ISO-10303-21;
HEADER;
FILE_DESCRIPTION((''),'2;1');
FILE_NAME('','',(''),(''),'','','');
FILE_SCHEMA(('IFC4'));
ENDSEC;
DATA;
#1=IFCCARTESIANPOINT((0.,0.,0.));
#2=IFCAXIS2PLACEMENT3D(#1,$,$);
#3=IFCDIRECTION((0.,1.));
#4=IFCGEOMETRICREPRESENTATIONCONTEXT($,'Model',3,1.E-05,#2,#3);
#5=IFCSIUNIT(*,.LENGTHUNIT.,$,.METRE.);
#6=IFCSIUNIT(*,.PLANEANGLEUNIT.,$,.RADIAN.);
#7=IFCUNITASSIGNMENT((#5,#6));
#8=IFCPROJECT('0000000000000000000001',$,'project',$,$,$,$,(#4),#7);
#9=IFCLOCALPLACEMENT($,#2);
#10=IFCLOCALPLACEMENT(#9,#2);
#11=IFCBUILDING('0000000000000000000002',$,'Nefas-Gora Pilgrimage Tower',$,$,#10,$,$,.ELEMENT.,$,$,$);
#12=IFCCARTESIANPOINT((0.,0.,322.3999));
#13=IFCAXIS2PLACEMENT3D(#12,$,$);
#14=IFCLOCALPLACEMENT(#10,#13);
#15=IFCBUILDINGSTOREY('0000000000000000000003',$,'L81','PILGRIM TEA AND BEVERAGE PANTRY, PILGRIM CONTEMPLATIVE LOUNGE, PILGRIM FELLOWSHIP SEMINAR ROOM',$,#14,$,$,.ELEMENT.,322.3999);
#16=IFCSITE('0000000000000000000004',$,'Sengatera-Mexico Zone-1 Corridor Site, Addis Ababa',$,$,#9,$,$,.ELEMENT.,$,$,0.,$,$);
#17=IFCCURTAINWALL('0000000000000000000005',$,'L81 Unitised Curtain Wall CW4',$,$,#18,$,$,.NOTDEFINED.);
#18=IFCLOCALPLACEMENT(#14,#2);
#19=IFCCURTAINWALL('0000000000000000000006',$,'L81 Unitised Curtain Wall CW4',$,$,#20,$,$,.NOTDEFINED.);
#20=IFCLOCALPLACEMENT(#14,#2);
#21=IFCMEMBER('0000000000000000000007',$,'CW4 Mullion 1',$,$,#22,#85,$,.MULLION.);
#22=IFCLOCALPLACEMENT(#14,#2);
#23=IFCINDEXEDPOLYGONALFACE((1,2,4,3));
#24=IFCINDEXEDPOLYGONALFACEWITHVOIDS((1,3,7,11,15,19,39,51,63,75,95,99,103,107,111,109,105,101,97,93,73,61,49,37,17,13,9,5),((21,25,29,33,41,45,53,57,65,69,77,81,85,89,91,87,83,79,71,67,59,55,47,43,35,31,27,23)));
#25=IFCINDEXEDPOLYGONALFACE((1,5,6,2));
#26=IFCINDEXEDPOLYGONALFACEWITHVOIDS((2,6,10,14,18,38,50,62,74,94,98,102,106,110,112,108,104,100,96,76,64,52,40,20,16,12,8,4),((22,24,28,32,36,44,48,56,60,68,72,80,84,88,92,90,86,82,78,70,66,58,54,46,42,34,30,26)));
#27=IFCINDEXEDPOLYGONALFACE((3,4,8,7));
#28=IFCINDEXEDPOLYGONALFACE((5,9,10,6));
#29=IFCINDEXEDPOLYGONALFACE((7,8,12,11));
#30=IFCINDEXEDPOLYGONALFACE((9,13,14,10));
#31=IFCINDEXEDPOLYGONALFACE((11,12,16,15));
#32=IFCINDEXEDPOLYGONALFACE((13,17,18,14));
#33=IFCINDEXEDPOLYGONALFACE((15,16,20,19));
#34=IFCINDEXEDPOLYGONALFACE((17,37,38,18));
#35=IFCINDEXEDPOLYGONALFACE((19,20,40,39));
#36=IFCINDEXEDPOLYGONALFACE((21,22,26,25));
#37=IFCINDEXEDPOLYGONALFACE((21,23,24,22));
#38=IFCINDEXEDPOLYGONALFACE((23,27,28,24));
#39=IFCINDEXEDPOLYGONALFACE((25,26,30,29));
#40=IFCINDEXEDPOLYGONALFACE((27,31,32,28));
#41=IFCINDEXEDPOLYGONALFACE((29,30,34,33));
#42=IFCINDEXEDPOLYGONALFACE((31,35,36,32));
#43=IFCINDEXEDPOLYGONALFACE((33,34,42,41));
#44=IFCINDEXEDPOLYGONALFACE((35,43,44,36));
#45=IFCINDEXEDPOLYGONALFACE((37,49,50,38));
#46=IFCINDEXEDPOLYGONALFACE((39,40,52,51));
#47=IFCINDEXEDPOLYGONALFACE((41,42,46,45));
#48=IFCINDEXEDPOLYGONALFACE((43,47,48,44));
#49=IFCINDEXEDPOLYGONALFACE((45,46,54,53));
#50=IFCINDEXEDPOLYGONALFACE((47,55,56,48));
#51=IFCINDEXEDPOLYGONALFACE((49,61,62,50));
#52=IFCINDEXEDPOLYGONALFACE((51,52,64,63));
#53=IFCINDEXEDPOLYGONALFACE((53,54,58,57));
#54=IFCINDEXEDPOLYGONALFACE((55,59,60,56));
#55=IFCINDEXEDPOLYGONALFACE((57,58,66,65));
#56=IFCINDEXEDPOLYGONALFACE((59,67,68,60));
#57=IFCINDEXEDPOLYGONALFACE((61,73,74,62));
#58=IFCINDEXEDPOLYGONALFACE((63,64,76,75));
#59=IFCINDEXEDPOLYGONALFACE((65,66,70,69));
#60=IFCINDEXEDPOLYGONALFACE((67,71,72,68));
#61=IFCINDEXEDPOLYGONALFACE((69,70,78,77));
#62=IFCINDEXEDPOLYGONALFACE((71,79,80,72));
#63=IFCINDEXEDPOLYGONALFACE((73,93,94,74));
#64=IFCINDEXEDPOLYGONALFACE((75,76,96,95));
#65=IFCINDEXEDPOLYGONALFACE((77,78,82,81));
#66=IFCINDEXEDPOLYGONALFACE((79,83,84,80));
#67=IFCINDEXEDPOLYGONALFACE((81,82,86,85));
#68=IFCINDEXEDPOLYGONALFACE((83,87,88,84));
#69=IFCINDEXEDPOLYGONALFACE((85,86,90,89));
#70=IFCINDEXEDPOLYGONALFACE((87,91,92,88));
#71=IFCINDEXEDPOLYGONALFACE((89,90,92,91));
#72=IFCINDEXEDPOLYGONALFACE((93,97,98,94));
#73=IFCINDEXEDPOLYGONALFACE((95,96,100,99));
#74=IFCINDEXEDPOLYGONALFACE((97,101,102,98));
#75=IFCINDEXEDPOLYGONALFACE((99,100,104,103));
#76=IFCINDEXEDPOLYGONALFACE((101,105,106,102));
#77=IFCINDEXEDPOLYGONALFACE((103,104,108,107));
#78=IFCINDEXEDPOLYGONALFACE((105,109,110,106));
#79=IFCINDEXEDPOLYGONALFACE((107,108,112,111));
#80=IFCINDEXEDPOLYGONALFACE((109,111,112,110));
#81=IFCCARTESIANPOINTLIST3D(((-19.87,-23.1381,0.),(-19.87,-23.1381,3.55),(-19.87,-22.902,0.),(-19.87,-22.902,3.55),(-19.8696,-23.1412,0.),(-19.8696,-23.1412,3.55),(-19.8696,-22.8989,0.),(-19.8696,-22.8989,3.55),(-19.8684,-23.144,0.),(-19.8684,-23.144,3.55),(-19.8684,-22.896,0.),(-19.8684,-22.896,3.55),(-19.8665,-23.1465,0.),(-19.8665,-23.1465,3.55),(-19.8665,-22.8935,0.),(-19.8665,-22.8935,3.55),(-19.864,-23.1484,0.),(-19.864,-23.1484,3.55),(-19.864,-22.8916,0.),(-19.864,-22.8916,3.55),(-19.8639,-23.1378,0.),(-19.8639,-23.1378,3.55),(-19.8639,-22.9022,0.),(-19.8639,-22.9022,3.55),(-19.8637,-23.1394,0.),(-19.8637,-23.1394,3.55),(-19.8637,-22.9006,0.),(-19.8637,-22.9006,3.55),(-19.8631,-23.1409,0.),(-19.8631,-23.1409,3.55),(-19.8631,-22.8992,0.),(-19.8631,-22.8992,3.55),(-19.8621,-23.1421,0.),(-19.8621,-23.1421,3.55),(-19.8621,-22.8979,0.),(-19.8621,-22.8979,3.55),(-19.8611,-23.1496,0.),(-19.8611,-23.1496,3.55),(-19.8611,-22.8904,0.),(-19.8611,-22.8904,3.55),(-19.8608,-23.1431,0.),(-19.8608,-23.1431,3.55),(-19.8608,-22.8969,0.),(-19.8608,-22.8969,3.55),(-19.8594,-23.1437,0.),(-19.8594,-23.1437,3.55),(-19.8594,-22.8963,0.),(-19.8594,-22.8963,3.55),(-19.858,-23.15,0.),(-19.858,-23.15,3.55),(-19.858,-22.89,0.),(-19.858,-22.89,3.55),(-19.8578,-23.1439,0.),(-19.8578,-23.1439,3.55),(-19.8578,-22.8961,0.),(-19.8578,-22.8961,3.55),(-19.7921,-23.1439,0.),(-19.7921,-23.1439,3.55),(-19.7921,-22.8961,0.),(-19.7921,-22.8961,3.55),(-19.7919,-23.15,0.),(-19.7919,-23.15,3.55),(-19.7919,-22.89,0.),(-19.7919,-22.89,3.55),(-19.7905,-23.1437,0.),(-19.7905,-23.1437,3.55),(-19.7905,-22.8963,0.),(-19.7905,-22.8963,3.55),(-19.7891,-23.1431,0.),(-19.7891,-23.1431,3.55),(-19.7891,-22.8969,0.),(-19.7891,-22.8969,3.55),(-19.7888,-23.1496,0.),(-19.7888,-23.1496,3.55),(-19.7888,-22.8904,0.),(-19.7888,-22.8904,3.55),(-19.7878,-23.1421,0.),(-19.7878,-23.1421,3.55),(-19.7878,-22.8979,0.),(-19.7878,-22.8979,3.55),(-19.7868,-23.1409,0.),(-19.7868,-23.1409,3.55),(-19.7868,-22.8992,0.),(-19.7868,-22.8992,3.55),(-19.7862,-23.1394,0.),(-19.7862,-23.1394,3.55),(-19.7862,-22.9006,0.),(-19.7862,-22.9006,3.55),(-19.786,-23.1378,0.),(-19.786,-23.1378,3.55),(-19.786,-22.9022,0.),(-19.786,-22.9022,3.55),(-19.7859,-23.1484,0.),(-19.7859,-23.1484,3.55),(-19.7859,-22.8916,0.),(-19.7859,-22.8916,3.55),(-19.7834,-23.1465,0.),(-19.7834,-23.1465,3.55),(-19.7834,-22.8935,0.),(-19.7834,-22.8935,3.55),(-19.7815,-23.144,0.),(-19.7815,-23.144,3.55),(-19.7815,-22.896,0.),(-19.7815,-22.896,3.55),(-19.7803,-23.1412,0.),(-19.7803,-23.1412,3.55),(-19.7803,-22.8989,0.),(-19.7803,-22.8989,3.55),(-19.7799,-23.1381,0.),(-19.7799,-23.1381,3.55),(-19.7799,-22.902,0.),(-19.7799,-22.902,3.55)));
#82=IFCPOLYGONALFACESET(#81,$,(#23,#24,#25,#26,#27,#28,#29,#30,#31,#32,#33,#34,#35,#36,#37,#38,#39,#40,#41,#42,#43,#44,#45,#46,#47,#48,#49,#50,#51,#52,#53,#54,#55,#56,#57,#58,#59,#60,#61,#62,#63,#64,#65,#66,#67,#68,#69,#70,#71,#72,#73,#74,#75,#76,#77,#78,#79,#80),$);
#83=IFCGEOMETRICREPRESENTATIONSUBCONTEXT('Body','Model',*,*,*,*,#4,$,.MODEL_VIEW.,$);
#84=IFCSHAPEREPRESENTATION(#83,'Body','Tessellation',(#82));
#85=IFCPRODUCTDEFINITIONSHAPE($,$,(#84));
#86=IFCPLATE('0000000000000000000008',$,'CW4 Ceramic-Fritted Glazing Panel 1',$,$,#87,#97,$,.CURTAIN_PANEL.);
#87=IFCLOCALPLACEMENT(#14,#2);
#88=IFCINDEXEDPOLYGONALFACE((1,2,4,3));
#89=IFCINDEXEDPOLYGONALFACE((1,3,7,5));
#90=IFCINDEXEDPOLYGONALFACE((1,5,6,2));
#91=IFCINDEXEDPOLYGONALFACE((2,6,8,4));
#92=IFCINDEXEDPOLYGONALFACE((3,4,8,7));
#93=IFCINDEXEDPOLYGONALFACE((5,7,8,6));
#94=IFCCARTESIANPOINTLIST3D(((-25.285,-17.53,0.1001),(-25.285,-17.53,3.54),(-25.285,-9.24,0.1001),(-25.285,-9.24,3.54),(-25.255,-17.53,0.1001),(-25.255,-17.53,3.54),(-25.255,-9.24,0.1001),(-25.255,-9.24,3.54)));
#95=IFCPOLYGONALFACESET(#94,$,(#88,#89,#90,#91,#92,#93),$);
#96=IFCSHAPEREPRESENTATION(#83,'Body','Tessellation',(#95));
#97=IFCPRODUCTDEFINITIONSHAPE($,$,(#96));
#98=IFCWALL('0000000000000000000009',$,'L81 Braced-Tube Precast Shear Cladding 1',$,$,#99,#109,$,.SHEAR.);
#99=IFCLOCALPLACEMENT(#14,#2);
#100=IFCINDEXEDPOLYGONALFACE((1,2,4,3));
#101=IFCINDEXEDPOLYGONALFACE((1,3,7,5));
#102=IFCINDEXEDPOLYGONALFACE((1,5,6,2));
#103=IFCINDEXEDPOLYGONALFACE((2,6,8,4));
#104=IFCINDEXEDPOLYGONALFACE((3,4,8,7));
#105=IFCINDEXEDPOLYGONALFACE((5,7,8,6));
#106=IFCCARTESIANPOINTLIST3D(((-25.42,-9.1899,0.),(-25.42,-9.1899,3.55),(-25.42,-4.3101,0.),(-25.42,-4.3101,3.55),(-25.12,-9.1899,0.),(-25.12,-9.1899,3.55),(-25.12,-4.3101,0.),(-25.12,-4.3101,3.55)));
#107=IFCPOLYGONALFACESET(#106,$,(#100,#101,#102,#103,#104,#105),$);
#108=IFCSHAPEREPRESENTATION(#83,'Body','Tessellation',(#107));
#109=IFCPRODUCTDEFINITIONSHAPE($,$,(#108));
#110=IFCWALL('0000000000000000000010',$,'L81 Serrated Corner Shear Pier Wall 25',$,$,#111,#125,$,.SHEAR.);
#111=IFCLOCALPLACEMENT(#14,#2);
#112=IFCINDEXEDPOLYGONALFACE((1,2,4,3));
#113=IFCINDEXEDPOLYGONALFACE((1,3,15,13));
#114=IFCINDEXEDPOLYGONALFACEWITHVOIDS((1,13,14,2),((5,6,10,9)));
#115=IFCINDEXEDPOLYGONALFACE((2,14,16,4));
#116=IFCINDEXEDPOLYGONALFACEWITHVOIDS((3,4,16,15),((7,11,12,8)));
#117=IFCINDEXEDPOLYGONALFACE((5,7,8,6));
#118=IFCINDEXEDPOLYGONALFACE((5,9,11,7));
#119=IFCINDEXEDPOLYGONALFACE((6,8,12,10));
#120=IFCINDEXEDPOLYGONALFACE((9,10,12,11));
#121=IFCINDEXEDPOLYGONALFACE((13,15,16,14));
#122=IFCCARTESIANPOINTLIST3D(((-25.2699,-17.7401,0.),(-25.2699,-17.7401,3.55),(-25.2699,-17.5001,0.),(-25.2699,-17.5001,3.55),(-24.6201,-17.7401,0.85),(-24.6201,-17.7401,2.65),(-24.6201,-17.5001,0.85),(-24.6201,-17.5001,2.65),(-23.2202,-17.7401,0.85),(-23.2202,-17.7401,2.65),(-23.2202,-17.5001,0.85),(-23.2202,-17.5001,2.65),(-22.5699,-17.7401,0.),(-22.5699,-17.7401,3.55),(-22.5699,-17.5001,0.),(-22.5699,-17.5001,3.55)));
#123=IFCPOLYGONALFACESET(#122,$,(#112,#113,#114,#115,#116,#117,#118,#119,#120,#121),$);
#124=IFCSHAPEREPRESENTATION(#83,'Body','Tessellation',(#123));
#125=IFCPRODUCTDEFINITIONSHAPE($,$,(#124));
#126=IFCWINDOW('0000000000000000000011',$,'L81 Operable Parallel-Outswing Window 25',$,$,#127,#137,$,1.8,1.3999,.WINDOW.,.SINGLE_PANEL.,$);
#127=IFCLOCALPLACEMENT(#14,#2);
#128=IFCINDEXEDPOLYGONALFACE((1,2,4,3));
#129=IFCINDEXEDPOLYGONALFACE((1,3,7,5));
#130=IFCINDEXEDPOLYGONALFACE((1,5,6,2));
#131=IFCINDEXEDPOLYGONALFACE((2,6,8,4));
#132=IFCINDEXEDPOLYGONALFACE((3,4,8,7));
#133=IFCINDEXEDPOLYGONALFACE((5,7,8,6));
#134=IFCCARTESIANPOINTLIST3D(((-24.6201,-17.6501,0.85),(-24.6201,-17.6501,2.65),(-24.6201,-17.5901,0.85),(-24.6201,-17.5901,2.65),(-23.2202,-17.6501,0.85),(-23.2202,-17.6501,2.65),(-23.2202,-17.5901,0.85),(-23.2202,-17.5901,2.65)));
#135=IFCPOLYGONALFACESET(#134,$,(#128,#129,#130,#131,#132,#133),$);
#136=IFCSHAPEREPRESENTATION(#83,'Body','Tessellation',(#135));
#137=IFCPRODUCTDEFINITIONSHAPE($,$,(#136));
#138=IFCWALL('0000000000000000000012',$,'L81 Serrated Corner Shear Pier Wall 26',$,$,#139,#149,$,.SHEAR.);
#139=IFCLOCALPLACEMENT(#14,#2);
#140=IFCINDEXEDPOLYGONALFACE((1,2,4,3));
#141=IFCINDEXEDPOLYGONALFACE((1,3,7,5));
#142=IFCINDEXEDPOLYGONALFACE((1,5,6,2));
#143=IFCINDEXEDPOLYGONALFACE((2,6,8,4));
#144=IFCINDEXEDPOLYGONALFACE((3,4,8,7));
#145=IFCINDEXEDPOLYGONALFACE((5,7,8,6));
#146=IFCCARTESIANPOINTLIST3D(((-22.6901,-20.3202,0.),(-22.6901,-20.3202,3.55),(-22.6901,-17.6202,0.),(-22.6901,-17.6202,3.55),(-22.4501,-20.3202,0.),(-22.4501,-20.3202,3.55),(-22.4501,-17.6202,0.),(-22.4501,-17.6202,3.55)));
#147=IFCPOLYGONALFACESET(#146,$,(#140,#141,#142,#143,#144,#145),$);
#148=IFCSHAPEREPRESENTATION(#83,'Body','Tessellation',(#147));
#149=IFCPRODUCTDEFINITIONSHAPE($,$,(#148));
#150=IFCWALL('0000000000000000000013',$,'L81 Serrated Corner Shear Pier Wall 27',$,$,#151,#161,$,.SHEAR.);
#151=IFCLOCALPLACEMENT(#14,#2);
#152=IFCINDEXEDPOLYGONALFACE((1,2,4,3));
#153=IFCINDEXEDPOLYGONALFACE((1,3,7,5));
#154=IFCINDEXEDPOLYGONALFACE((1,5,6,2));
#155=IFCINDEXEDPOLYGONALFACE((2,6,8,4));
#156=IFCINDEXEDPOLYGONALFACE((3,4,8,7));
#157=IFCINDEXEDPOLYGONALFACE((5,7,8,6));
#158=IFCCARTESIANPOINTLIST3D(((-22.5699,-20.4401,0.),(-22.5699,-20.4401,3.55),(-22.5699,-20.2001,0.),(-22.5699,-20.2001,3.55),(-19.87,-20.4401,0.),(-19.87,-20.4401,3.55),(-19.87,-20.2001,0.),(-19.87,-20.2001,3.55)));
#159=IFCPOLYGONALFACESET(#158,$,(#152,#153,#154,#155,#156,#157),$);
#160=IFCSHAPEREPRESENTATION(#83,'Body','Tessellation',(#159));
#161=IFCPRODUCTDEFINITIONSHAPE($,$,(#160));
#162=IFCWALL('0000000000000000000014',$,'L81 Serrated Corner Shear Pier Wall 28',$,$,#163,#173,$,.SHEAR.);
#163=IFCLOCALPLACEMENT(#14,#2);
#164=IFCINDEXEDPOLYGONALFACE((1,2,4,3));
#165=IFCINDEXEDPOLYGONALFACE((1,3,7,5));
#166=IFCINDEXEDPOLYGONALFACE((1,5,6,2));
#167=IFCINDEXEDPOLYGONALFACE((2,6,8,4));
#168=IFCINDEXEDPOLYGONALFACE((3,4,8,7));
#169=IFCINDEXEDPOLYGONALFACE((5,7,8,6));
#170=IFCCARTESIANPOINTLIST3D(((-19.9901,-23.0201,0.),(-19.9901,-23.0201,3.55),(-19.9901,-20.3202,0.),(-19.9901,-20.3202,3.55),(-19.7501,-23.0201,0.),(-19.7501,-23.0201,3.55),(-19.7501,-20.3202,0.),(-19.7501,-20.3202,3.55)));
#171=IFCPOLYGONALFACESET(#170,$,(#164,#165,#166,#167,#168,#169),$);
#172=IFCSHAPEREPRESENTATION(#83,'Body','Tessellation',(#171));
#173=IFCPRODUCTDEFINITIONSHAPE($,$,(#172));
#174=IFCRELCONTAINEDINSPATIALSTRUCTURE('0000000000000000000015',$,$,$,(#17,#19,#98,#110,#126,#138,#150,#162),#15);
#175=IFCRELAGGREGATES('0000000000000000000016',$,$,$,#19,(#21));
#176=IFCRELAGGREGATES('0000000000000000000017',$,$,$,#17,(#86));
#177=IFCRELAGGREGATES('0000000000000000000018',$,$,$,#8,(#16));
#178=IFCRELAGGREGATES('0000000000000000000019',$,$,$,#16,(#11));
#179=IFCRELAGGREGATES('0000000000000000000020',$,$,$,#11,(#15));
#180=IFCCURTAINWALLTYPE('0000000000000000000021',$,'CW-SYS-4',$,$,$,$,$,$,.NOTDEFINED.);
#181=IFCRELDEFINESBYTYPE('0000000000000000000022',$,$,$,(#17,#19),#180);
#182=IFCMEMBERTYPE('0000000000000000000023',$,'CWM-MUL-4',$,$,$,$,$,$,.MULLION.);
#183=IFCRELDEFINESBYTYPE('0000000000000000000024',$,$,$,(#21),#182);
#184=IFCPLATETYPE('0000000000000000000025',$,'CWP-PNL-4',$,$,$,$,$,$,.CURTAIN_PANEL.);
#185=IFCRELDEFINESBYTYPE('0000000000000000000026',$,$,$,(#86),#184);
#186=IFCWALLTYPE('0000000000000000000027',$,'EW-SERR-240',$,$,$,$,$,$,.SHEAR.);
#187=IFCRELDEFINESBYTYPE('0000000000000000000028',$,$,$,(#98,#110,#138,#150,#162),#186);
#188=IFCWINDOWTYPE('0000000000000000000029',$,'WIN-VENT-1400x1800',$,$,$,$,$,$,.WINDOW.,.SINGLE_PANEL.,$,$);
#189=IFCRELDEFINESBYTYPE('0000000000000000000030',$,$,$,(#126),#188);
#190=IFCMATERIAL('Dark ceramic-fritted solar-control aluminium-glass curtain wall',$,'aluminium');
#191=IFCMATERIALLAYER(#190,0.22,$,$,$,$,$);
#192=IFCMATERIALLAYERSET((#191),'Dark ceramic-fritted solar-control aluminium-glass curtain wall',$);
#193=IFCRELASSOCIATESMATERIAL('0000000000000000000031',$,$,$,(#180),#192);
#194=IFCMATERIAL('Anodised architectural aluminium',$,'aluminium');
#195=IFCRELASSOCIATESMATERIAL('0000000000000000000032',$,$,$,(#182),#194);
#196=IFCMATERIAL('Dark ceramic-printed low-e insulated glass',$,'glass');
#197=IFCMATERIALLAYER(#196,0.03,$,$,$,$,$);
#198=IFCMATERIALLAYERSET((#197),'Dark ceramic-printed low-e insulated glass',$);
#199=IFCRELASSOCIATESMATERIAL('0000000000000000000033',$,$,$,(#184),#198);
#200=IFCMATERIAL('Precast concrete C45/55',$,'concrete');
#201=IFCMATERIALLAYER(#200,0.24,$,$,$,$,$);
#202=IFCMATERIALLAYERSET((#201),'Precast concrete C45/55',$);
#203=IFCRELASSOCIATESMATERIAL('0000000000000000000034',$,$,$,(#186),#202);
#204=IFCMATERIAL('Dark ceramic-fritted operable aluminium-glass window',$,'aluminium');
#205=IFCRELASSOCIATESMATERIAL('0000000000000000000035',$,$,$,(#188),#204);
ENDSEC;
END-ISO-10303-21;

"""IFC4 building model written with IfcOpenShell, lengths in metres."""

from ifc_helpers import new_model, si_unit, direction, frame, frame_2d, origin, origin_2d, place, context, subcontext, project, spatial, rectangle, hollow_rectangle, extrude, source, transform, mapped, material, layer, layer_set, material_profile, profile_set, type_object, element, fill, aggregate, save


model = new_model("IFC4")

# Units and contexts
model_context = context("Model", 3, precision=1e-05, world=origin(), true_north=direction((0.0, 1.0)))
body_context = subcontext(model_context, "Body", "Model", "MODEL_VIEW")
ifc_project = project(units=[si_unit("LENGTHUNIT", "METRE"), si_unit("PLANEANGLEUNIT", "RADIAN")], contexts=[model_context])

# Site, building, storey
site_placement = place(None, origin())
site = spatial("IfcSite", under=ifc_project, at=site_placement, Name="Sengatera-Mexico Zone-1 Corridor Site, Addis Ababa", CompositionType="ELEMENT", RefElevation=0.0)
building_placement = place(site_placement, origin())
building = spatial("IfcBuilding", under=site, at=building_placement, Name="Nefas-Gora Pilgrimage Tower", CompositionType="ELEMENT")
storey_placement = place(building_placement, frame((0.0, 0.0, 322.3999)))
storey = spatial("IfcBuildingStorey", under=building, at=storey_placement, Name="L81", Description="PILGRIM TEA AND BEVERAGE PANTRY, PILGRIM CONTEMPLATIVE LOUNGE, PILGRIM FELLOWSHIP SEMINAR ROOM", CompositionType="ELEMENT", Elevation=322.3999)

# Curtain walls
ifc_material_1 = material(Name="Dark ceramic-fritted solar-control aluminium-glass curtain wall", Category="aluminium")
ifc_layer_1 = layer(ifc_material_1, 0.22)
ifc_layer_set_1 = layer_set([ifc_layer_1], Name="Dark ceramic-fritted solar-control aluminium-glass curtain wall")
curtain_wall_type = type_object("IfcCurtainWallType", Name="CW-SYS-4", PredefinedType="NOTDEFINED", material=ifc_layer_set_1)
curtain_wall_1_placement = place(storey_placement, origin())
curtain_wall_1 = element("IfcCurtainWall", 1, at=curtain_wall_1_placement, inside=storey, type_object=curtain_wall_type, Name="L81 Unitised Curtain Wall CW4", PredefinedType="NOTDEFINED")
ifc_material_2 = material(Name="Anodised architectural aluminium", Category="aluminium")
curtain_wall_2_placement = place(storey_placement, origin())
curtain_wall_2 = element("IfcCurtainWall", 2, at=curtain_wall_2_placement, inside=storey, type_object=curtain_wall_type, Name="L81 Unitised Curtain Wall CW4", PredefinedType="NOTDEFINED")

# Member
ifc_material_profile_1 = material_profile(ifc_material_2, hollow_rectangle(XDim=0.0901, YDim=0.26, WallThickness=0.0061, InnerFilletRadius=0.0061, OuterFilletRadius=0.012, at=origin_2d()), Name="ALU MULLION 90x260")
ifc_profile_set_1 = profile_set([ifc_material_profile_1], Name="Anodised architectural aluminium")
member_type_1 = type_object("IfcMemberType", Name="CWM-MUL-4", PredefinedType="MULLION", material=ifc_profile_set_1)
shared_shape_1 = source(origin(), body_context, "Body", "SweptSolid", [
    extrude(hollow_rectangle(XDim=0.0901, YDim=0.26, WallThickness=0.0061, InnerFilletRadius=0.0061, OuterFilletRadius=0.012, at=origin_2d()), origin(), (0.0, 0.0, 1.0), 3.55),
])
member_1_placement = place(storey_placement, frame((-19.825, -23.02, 0.0), z_axis=(0.0, 0.0, 1.0), x_axis=(1.0, 0.0, 0.0)))
member_1 = element("IfcMember", 3, at=member_1_placement, type_object=member_type_1, Name="CW4 Mullion 1", PredefinedType="MULLION", context=body_context, shape_type="MappedRepresentation", body=[
    mapped(shared_shape_1, transform((0.0, 0.0, 0.0), x_axis=(1.0, 0.0, 0.0), y_axis=(0.0, 1.0, 0.0), z_axis=(0.0, 0.0, 1.0), scale=1.0)),
])
aggregate(curtain_wall_2, [member_1])

# Plate
ifc_material_3 = material(Name="Dark ceramic-printed low-e insulated glass", Category="glass")
ifc_layer_2 = layer(ifc_material_3, 0.03)
ifc_layer_set_2 = layer_set([ifc_layer_2], Name="Dark ceramic-printed low-e insulated glass")
plate_type = type_object("IfcPlateType", Name="CWP-PNL-4", PredefinedType="CURTAIN_PANEL", material=ifc_layer_set_2)
shared_shape_2 = source(origin(), body_context, "Body", "SweptSolid", [
    extrude(rectangle(XDim=8.29, YDim=0.03, at=origin_2d()), origin(), (0.0, 0.0, 1.0), 3.4399),
])
plate_placement = place(storey_placement, frame((-25.27, -13.385, 0.1001), z_axis=(0.0, 0.0, 1.0), x_axis=(0.0, -1.0, 0.0)))
plate = element("IfcPlate", 4, at=plate_placement, type_object=plate_type, Name="CW4 Ceramic-Fritted Glazing Panel 1", PredefinedType="CURTAIN_PANEL", context=body_context, shape_type="MappedRepresentation", body=[
    mapped(shared_shape_2, transform((0.0, 0.0, 0.0), x_axis=(1.0, 0.0, 0.0), y_axis=(0.0, 1.0, 0.0), z_axis=(0.0, 0.0, 1.0), scale=1.0)),
])
aggregate(curtain_wall_1, [plate])

# Wall
ifc_material_4 = material(Name="Precast concrete C45/55", Category="concrete")
ifc_layer_3 = layer(ifc_material_4, 0.24)
ifc_layer_set_3 = layer_set([ifc_layer_3], Name="Precast concrete C45/55")
wall_type_1 = type_object("IfcWallType", Name="EW-SERR-240", PredefinedType="SHEAR", material=ifc_layer_set_3)
shared_shape_3 = source(origin(), body_context, "Body", "SweptSolid", [
    extrude(rectangle(XDim=4.8799, YDim=0.3, at=frame_2d((2.4399, 0.0))), origin(), (0.0, 0.0, 1.0), 3.55),
])
wall_1_placement = place(storey_placement, frame((-25.27, -9.1899, 0.0), z_axis=(0.0, 0.0, 1.0), x_axis=(0.0, 1.0, 0.0)))
element("IfcWall", 5, at=wall_1_placement, inside=storey, type_object=wall_type_1, Name="L81 Braced-Tube Precast Shear Cladding 1", PredefinedType="SHEAR", context=body_context, shape_type="MappedRepresentation", body=[
    mapped(shared_shape_3, transform((0.0, 0.0, 0.0), x_axis=(1.0, 0.0, 0.0), y_axis=(0.0, 1.0, 0.0), z_axis=(0.0, 0.0, 1.0), scale=1.0)),
])

# Wall, opening, window
shared_shape_4 = source(origin(), body_context, "Body", "SweptSolid", [
    extrude(rectangle(XDim=2.7, YDim=0.24, at=frame_2d((1.3501, 0.0))), origin(), (0.0, 0.0, 1.0), 3.55),
])
wall_2_placement = place(storey_placement, frame((-25.27, -17.6201, 0.0), z_axis=(0.0, 0.0, 1.0), x_axis=(1.0, 0.0, 0.0)))
wall_2 = element("IfcWall", 6, at=wall_2_placement, inside=storey, type_object=wall_type_1, Name="L81 Serrated Corner Shear Pier Wall 25", PredefinedType="SHEAR", context=body_context, shape_type="MappedRepresentation", body=[
    mapped(shared_shape_4, transform((0.0, 0.0, 0.0), x_axis=(1.0, 0.0, 0.0), y_axis=(0.0, 1.0, 0.0), z_axis=(0.0, 0.0, 1.0), scale=1.0)),
])
opening_1_placement = place(wall_2_placement, frame((0.6499, 0.0, 0.8501)))
opening_1 = element("IfcOpeningElement", 7, at=opening_1_placement, cuts=wall_2, PredefinedType="OPENING", context=body_context, shape_type="SweptSolid", body=[
    extrude(rectangle(XDim=1.3999, YDim=1.8, at=frame_2d((0.7, 0.8999))), frame((0.0, 0.1299, 0.0), z_axis=(0.0, -1.0, 0.0), x_axis=(1.0, 0.0, 0.0)), (0.0, 0.0, 1.0), 0.26),
])
ifc_material_5 = material(Name="Dark ceramic-fritted operable aluminium-glass window", Category="aluminium")
window_type = type_object("IfcWindowType", Name="WIN-VENT-1400x1800", PartitioningType="SINGLE_PANEL", PredefinedType="WINDOW", material=ifc_material_5)
shared_shape_5 = source(origin(), body_context, "Body", "SweptSolid", [
    extrude(rectangle(XDim=1.3999, YDim=1.8, at=frame_2d((0.7, 0.8999))), frame((0.0, 0.03, 0.0), z_axis=(0.0, -1.0, 0.0), x_axis=(1.0, 0.0, 0.0)), (0.0, 0.0, 1.0), 0.0601),
])
window_placement = place(opening_1_placement, origin())
window = element("IfcWindow", 8, at=window_placement, inside=storey, type_object=window_type, Name="L81 Operable Parallel-Outswing Window 25", OverallHeight=1.8, OverallWidth=1.3999, PartitioningType="SINGLE_PANEL", PredefinedType="WINDOW", context=body_context, shape_type="MappedRepresentation", body=[
    mapped(shared_shape_5, transform((0.0, 0.0, 0.0), x_axis=(1.0, 0.0, 0.0), y_axis=(0.0, 1.0, 0.0), z_axis=(0.0, 0.0, 1.0), scale=1.0)),
])
fill(opening_1, window)

# Walls
for number, where, z_axis, x_axis, name in (
    (9, (-22.5701, -17.6201, 0.0), (0.0, 0.0, 1.0), (0.0, -1.0, 0.0), "L81 Serrated Corner Shear Pier Wall 26"),
    (10, (-22.5701, -20.3201, 0.0), (0.0, 0.0, 1.0), (1.0, 0.0, 0.0), "L81 Serrated Corner Shear Pier Wall 27"),
    (11, (-19.8701, -20.3201, 0.0), (0.0, 0.0, 1.0), (0.0, -1.0, 0.0), "L81 Serrated Corner Shear Pier Wall 28"),
):
    element("IfcWall", number, at=place(storey_placement, frame(where, z_axis=z_axis, x_axis=x_axis)), inside=storey, type_object=wall_type_1, Name=name, PredefinedType="SHEAR", context=body_context, shape_type="MappedRepresentation", body=[
        mapped(shared_shape_4, transform((0.0, 0.0, 0.0), x_axis=(1.0, 0.0, 0.0), y_axis=(0.0, 1.0, 0.0), z_axis=(0.0, 0.0, 1.0), scale=1.0)),
    ])

save(model, "model.ifc")
